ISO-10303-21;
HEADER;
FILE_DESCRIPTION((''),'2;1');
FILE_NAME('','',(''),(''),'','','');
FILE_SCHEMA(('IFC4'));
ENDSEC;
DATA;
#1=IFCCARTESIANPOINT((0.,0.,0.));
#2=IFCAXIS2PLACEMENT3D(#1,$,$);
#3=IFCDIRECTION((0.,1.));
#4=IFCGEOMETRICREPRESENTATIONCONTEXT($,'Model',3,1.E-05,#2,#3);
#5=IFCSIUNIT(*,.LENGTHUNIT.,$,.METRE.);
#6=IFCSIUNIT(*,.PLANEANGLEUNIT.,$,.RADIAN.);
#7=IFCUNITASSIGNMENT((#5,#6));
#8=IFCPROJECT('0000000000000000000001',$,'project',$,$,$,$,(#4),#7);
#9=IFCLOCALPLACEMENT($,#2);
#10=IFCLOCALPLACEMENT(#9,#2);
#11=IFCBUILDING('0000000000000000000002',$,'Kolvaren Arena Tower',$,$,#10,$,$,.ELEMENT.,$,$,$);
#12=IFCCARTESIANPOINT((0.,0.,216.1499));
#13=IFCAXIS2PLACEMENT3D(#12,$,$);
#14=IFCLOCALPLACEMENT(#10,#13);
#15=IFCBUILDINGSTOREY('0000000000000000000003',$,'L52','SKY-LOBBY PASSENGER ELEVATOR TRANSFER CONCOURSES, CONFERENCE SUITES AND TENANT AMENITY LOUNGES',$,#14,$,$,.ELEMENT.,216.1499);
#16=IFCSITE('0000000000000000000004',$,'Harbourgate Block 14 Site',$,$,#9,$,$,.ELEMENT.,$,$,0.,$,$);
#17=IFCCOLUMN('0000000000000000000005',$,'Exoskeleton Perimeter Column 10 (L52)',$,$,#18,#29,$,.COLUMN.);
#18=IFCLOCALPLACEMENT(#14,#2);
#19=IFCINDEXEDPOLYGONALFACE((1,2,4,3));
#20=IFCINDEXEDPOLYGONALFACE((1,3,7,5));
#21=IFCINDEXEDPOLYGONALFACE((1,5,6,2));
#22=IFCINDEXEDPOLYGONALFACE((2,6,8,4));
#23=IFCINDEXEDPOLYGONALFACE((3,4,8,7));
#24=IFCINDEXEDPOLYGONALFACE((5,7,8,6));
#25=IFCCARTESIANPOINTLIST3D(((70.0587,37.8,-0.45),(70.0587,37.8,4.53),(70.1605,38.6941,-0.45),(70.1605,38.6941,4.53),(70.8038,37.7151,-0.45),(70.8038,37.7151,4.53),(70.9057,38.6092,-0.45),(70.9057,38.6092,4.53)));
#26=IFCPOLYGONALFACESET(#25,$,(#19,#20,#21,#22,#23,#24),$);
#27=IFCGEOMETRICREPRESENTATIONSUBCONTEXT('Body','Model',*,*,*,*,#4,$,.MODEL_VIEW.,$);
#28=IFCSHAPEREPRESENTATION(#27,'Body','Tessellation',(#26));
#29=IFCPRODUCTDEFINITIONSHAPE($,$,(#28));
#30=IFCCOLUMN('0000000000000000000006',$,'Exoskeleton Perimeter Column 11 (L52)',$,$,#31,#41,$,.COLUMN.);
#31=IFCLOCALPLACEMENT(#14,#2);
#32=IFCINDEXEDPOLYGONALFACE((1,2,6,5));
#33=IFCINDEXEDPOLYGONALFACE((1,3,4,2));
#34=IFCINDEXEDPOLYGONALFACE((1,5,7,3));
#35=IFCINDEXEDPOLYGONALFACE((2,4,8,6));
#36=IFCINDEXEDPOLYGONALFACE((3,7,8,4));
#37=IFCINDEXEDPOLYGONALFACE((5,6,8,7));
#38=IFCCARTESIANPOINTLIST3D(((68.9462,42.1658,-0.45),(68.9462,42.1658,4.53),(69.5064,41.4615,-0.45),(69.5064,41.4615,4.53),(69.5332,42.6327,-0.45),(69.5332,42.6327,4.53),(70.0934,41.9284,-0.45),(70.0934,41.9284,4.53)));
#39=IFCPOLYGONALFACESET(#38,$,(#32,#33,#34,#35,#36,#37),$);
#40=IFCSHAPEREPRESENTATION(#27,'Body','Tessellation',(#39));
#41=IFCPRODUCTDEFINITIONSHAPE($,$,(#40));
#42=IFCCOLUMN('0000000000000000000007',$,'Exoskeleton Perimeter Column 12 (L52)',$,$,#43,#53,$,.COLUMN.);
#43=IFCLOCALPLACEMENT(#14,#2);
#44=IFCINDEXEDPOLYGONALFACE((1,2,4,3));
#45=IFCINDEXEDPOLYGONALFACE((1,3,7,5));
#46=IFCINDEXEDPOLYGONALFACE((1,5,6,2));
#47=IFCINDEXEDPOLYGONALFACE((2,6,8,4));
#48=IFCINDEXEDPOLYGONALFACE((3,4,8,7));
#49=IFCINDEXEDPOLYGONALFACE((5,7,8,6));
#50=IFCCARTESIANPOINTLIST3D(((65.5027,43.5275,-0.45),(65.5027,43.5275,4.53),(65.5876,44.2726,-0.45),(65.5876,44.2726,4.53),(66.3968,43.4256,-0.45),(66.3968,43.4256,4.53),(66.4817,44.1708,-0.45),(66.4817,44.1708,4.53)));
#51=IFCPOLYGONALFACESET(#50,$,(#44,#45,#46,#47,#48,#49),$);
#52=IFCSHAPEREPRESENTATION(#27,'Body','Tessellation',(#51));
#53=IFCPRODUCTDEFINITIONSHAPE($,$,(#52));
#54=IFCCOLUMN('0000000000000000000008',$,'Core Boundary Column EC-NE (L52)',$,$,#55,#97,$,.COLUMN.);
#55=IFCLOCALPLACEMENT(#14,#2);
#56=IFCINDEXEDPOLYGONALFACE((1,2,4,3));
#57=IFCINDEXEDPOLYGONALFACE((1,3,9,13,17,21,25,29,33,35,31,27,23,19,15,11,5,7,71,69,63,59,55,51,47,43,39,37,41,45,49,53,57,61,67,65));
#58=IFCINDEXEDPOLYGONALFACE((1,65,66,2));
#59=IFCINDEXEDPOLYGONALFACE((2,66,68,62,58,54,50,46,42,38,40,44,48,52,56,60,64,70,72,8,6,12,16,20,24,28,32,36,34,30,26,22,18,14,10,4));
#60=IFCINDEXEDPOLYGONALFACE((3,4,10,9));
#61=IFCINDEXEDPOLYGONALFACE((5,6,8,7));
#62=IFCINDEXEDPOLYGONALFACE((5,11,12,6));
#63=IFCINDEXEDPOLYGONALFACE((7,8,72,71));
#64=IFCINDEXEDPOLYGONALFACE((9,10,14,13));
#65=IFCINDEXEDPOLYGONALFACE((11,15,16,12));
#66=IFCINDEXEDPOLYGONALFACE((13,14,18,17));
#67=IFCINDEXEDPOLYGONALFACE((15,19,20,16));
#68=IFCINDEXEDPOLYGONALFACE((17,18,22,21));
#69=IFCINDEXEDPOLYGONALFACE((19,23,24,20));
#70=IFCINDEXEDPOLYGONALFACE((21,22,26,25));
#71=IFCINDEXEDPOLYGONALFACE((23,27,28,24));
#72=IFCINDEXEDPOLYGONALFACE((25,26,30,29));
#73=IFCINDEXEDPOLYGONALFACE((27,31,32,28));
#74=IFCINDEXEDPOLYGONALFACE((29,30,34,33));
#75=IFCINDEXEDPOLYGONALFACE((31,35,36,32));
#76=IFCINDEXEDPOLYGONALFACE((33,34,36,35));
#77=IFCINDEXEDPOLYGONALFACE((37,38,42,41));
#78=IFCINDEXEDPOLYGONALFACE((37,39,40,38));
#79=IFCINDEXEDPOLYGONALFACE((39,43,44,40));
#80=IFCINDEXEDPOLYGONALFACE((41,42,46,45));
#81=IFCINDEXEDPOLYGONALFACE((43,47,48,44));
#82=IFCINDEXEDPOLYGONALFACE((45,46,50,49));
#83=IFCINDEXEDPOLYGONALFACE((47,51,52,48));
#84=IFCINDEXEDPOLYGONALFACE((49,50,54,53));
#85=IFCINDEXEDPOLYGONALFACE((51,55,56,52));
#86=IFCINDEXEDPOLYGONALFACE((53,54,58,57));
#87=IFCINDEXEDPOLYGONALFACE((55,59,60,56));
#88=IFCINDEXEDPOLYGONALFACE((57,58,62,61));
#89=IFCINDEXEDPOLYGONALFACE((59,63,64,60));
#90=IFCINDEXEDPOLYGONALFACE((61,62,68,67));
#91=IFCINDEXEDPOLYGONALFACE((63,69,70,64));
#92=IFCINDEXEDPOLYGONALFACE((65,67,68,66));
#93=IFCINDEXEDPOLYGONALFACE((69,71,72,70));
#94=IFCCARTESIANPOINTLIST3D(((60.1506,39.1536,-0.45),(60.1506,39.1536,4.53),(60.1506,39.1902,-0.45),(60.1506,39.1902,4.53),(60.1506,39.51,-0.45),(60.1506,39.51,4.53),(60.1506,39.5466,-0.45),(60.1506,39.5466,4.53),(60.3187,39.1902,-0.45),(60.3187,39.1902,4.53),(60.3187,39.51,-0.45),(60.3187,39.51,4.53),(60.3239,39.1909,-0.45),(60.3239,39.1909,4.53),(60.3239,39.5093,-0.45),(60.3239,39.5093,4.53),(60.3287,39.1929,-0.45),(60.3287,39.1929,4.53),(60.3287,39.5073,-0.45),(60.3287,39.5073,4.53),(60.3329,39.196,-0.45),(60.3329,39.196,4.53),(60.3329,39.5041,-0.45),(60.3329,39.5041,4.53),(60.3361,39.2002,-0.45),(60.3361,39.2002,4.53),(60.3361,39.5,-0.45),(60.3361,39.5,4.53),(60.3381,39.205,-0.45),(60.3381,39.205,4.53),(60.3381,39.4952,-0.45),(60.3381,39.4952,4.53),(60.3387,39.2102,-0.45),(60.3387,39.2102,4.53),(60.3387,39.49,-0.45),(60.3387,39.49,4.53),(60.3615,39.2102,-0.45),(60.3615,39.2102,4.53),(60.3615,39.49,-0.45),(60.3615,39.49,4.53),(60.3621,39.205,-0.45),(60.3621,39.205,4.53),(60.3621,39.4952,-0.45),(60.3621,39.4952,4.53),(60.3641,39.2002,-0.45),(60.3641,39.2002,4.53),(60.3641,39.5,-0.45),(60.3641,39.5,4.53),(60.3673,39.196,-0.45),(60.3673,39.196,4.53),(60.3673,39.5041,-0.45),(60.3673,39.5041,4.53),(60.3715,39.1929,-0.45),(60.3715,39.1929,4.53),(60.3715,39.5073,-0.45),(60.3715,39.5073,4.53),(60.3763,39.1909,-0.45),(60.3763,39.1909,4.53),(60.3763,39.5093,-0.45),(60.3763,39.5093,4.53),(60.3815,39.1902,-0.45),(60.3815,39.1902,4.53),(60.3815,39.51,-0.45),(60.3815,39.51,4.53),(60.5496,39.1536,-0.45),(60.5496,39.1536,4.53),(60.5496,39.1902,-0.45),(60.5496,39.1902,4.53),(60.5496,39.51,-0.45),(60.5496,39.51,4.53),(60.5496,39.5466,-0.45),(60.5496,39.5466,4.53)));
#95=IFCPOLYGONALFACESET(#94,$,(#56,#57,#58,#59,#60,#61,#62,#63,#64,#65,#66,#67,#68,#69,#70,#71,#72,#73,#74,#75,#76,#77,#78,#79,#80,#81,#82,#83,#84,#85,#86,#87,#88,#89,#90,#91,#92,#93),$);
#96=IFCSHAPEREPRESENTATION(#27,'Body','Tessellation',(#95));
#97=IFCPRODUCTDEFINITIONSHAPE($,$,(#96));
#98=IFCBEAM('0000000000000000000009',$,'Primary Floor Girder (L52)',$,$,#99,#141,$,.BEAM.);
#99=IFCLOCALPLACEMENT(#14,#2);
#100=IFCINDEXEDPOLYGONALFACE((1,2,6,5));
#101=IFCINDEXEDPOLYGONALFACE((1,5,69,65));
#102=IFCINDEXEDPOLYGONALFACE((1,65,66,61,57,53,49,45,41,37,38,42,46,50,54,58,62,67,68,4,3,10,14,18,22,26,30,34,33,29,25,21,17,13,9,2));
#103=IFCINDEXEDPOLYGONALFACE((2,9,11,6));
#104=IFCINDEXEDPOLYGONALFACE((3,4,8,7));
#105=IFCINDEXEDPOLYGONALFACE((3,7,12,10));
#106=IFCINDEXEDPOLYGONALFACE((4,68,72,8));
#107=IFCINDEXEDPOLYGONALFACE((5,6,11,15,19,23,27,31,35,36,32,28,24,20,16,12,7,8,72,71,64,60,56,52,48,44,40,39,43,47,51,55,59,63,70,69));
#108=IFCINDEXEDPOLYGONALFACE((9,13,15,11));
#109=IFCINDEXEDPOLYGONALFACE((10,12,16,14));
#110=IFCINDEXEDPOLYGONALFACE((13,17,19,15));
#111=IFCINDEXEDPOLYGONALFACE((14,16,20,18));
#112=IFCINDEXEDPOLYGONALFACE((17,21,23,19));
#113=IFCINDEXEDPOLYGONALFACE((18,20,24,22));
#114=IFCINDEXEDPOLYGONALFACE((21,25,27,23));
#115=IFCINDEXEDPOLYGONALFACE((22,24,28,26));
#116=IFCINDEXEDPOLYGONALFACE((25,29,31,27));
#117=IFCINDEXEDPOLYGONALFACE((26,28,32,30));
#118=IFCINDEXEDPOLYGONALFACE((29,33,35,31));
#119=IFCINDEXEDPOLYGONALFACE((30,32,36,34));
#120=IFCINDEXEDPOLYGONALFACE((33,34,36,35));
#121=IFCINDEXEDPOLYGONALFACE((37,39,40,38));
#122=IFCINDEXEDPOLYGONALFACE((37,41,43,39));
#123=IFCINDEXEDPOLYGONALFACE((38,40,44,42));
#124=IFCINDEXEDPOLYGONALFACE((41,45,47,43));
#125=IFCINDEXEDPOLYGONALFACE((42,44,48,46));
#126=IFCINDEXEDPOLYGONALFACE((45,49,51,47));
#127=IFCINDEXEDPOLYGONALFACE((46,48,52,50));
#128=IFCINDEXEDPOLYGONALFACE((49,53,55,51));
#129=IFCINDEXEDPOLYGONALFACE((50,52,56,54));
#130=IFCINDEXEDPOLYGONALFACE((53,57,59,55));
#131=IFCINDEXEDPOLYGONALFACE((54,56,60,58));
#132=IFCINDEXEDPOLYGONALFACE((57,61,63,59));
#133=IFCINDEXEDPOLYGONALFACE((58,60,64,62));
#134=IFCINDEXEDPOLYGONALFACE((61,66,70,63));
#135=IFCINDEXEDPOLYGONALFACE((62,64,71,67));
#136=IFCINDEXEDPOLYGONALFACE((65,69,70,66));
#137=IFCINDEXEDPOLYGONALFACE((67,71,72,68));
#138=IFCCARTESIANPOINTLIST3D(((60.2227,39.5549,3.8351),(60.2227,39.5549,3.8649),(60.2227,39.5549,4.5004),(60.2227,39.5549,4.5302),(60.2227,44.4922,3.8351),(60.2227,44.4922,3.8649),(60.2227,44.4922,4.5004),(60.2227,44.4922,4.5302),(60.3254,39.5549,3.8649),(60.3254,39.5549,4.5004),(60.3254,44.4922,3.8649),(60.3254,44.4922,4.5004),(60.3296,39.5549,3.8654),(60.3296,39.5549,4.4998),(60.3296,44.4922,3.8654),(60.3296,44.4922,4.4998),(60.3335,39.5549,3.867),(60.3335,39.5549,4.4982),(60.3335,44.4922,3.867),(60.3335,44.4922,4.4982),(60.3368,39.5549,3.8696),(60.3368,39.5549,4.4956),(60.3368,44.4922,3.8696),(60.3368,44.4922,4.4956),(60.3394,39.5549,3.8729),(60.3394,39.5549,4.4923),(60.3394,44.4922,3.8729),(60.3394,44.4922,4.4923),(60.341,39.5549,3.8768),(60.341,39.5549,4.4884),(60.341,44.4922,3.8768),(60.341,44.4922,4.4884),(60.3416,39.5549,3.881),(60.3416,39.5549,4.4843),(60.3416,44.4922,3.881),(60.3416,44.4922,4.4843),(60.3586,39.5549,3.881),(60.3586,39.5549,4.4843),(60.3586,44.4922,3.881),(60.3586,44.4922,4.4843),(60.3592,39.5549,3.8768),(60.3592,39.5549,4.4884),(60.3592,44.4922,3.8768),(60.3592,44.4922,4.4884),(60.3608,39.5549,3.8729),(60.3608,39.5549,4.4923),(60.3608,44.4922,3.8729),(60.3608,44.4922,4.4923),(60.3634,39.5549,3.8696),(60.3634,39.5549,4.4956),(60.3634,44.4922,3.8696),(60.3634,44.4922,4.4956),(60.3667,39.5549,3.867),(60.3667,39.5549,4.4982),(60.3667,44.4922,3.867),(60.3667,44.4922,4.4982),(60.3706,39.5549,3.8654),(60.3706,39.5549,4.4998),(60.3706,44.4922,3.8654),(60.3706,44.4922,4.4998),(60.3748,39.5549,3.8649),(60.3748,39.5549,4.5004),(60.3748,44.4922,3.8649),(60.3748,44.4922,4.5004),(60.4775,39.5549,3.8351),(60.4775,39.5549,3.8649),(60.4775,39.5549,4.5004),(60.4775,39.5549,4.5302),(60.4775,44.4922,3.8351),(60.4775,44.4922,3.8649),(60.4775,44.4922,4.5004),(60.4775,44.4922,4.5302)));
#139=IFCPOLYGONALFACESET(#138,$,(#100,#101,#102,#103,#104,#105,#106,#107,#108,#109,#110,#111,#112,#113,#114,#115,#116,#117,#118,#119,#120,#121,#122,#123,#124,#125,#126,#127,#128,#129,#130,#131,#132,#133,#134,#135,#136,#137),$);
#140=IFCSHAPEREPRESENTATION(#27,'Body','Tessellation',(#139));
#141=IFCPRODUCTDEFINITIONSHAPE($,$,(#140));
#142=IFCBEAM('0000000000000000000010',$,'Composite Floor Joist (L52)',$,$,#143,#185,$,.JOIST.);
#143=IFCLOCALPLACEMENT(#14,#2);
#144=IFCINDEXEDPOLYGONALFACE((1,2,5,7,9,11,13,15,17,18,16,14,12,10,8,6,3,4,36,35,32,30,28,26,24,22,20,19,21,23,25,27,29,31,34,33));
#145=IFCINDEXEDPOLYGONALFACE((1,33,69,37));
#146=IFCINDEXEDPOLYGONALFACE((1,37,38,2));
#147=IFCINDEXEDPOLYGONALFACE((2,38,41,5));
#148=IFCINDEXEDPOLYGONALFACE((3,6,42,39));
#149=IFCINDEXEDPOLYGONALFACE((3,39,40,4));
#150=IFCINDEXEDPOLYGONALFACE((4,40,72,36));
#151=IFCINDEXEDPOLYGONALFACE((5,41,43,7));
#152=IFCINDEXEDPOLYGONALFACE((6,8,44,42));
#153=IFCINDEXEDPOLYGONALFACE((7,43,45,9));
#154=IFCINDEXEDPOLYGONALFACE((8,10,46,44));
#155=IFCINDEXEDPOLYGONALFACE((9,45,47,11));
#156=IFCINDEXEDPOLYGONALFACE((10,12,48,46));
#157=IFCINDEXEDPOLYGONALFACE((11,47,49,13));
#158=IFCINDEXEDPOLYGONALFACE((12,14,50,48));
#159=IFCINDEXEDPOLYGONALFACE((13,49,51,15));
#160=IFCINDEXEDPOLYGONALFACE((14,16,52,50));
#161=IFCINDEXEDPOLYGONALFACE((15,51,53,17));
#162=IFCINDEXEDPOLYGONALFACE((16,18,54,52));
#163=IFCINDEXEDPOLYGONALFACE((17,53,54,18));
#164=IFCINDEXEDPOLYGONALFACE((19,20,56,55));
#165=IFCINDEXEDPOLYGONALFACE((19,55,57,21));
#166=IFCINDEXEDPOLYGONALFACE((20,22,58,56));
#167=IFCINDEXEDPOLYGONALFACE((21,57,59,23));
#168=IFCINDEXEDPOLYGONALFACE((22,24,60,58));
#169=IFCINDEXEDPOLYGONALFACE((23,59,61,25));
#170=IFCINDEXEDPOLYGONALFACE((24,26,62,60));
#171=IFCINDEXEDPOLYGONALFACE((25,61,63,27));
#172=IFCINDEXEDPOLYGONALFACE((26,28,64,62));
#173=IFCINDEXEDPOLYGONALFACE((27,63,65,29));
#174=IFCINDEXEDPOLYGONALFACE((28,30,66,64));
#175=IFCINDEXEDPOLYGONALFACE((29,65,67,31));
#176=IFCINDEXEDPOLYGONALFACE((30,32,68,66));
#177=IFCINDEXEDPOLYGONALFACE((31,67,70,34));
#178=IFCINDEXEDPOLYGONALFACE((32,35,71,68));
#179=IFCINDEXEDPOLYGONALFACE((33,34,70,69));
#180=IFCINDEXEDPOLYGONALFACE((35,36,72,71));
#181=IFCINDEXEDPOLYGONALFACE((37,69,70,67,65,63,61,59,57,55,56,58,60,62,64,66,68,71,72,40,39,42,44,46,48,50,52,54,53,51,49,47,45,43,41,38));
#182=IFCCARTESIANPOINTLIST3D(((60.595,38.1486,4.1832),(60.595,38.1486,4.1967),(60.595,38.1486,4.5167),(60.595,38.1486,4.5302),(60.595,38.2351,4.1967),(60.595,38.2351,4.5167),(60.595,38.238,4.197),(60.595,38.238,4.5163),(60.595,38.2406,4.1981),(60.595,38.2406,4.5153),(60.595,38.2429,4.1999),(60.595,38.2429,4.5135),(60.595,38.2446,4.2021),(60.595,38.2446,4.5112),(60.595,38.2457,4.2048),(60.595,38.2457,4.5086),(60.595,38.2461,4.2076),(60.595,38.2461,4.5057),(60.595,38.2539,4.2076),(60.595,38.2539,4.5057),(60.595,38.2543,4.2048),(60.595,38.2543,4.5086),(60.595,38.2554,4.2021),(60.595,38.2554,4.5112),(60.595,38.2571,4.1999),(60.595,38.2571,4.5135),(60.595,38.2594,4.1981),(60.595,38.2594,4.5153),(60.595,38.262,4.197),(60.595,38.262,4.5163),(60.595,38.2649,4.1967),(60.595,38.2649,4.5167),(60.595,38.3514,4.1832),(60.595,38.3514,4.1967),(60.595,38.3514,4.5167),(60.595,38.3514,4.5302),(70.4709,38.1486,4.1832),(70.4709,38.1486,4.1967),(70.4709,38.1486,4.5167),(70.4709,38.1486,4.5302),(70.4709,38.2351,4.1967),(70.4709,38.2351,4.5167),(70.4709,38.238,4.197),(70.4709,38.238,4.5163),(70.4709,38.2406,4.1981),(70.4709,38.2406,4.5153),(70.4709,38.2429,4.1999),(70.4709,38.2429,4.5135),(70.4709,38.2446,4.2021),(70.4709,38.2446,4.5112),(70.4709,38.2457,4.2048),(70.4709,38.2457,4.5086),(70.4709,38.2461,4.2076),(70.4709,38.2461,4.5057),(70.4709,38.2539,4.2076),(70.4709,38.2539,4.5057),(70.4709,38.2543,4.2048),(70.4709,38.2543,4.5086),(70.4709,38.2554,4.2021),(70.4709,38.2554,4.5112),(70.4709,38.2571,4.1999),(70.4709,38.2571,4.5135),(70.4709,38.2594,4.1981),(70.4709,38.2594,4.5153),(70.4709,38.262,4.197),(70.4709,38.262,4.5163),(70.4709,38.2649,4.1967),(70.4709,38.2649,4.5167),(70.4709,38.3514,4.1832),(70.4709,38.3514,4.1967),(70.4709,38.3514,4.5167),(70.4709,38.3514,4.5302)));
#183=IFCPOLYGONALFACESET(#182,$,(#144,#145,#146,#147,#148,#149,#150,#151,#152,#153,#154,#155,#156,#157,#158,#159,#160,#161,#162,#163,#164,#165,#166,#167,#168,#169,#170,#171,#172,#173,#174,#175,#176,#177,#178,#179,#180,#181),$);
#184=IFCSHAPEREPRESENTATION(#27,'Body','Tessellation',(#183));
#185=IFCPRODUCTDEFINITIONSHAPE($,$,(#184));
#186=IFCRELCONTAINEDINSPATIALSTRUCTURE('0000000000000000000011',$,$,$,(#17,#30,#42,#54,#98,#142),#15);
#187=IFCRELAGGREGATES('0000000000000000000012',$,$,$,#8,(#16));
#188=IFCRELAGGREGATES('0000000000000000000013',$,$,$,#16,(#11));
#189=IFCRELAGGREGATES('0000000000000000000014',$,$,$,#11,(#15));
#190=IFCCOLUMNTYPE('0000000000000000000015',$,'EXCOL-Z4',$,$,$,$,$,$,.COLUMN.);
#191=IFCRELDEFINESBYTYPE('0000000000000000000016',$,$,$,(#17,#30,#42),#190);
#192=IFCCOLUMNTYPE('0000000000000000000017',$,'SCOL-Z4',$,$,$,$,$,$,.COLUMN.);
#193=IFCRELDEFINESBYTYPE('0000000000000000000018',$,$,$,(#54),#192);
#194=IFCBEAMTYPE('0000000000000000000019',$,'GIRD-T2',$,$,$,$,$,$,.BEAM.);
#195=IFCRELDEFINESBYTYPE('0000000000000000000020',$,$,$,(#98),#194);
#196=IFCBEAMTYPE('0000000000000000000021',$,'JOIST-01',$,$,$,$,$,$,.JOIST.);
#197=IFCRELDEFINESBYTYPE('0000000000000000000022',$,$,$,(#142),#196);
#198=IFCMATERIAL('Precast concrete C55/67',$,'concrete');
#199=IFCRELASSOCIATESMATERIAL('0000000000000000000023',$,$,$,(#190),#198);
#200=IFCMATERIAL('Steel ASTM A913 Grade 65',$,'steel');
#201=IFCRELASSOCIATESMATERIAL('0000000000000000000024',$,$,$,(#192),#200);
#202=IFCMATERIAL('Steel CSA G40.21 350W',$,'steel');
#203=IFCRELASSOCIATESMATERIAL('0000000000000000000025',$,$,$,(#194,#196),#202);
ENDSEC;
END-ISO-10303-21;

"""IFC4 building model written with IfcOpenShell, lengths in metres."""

from ifc_helpers import new_model, si_unit, direction, frame, origin, origin_2d, place, context, subcontext, project, spatial, rectangle, i_section, extrude, material, material_profile, profile_set, type_object, element, save


model = new_model("IFC4")

# Units and contexts
model_context = context("Model", 3, precision=1e-05, world=origin(), true_north=direction((0.0, 1.0)))
body_context = subcontext(model_context, "Body", "Model", "MODEL_VIEW")
ifc_project = project(units=[si_unit("LENGTHUNIT", "METRE"), si_unit("PLANEANGLEUNIT", "RADIAN")], contexts=[model_context])

# Site, building, storey
site_placement = place(None, origin())
site = spatial("IfcSite", under=ifc_project, at=site_placement, Name="Harbourgate Block 14 Site", CompositionType="ELEMENT", RefElevation=0.0)
building_placement = place(site_placement, origin())
building = spatial("IfcBuilding", under=site, at=building_placement, Name="Kolvaren Arena Tower", CompositionType="ELEMENT")
storey_placement = place(building_placement, frame((0.0, 0.0, 216.1499)))
storey = spatial("IfcBuildingStorey", under=building, at=storey_placement, Name="L52", Description="SKY-LOBBY PASSENGER ELEVATOR TRANSFER CONCOURSES, CONFERENCE SUITES AND TENANT AMENITY LOUNGES", CompositionType="ELEMENT", Elevation=216.1499)

# Columns
ifc_material_1 = material(Name="Precast concrete C55/67", Category="concrete")
ifc_material_profile_1 = material_profile(ifc_material_1, rectangle(XDim=0.8999, YDim=0.75, at=origin_2d()), Name="RC-900x750")
ifc_profile_set_1 = profile_set([ifc_material_profile_1], Name="Precast concrete C55/67")
column_type_1 = type_object("IfcColumnType", Name="EXCOL-Z4", PredefinedType="COLUMN", material=ifc_profile_set_1)
for number, where, z_axis, x_axis, name in (
    (1, (70.4822, 38.2046, -0.45), (0.0, 0.0, 1.0), (0.113203, 0.993572, 0.0), "Exoskeleton Perimeter Column 10 (L52)"),
    (2, (69.5198, 42.0471, -0.45), (0.0, 0.0, 1.0), (-0.622515, 0.782608, 0.0), "Exoskeleton Perimeter Column 11 (L52)"),
    (3, (65.9922, 43.8491, -0.45), (0.0, 0.0, 1.0), (0.993572, -0.113203, 0.0), "Exoskeleton Perimeter Column 12 (L52)"),
):
    element("IfcColumn", number, at=place(storey_placement, frame(where, z_axis=z_axis, x_axis=x_axis)), inside=storey, type_object=column_type_1, Name=name, PredefinedType="COLUMN", context=body_context, shape_type="SweptSolid", body=[
        extrude(rectangle(XDim=0.8999, YDim=0.75, at=origin_2d()), origin(), (0.0, 0.0, 1.0), 4.98),
    ])
ifc_material_2 = material(Name="Steel ASTM A913 Grade 65", Category="steel")
ifc_material_profile_2 = material_profile(ifc_material_2, i_section(OverallWidth=0.3989, OverallDepth=0.3931, WebThickness=0.0227, FlangeThickness=0.0366, FilletRadius=0.02, at=origin_2d()), Name="W360x287")
ifc_profile_set_2 = profile_set([ifc_material_profile_2], Name="Steel ASTM A913 Grade 65")
column_type_2 = type_object("IfcColumnType", Name="SCOL-Z4", PredefinedType="COLUMN", material=ifc_profile_set_2)
column_placement = place(storey_placement, frame((60.3501, 39.3501, -0.45), z_axis=(0.0, 0.0, 1.0), x_axis=(1.0, 0.0, 0.0)))
element("IfcColumn", 4, at=column_placement, inside=storey, type_object=column_type_2, Name="Core Boundary Column EC-NE (L52)", PredefinedType="COLUMN", context=body_context, shape_type="SweptSolid", body=[
    extrude(i_section(OverallWidth=0.3989, OverallDepth=0.3931, WebThickness=0.0227, FlangeThickness=0.0366, FilletRadius=0.02, at=origin_2d()), origin(), (0.0, 0.0, 1.0), 4.98),
])

# Beams
ifc_material_3 = material(Name="Steel CSA G40.21 350W", Category="steel")
ifc_material_profile_3 = material_profile(ifc_material_3, i_section(OverallWidth=0.2549, OverallDepth=0.6951, WebThickness=0.0171, FlangeThickness=0.0298, FilletRadius=0.0161, at=origin_2d()), Name="W690x217")
ifc_profile_set_3 = profile_set([ifc_material_profile_3], Name="Steel CSA G40.21 350W")
beam_type_1 = type_object("IfcBeamType", Name="GIRD-T2", PredefinedType="BEAM", material=ifc_profile_set_3)
beam_1_placement = place(storey_placement, frame((60.3501, 39.5549, 4.1826), z_axis=(0.0, 1.0, 0.0), x_axis=(-1.0, 0.0, 0.0)))
element("IfcBeam", 5, at=beam_1_placement, inside=storey, type_object=beam_type_1, Name="Primary Floor Girder (L52)", PredefinedType="BEAM", context=body_context, shape_type="SweptSolid", body=[
    extrude(i_section(OverallWidth=0.2549, OverallDepth=0.6951, WebThickness=0.0171, FlangeThickness=0.0298, FilletRadius=0.0161, at=origin_2d()), origin(), (0.0, 0.0, 1.0), 4.9373),
])
ifc_material_profile_4 = material_profile(ifc_material_3, i_section(OverallWidth=0.2029, OverallDepth=0.3469, WebThickness=0.0078, FlangeThickness=0.0134, FilletRadius=0.011, at=origin_2d()), Name="W360x64")
ifc_profile_set_4 = profile_set([ifc_material_profile_4], Name="Steel CSA G40.21 350W")
beam_type_2 = type_object("IfcBeamType", Name="JOIST-01", PredefinedType="JOIST", material=ifc_profile_set_4)
beam_2_placement = place(storey_placement, frame((60.595, 38.25, 4.3567), z_axis=(1.0, 0.0, 0.0), x_axis=(0.0, 1.0, 0.0)))
element("IfcBeam", 6, at=beam_2_placement, inside=storey, type_object=beam_type_2, Name="Composite Floor Joist (L52)", PredefinedType="JOIST", context=body_context, shape_type="SweptSolid", body=[
    extrude(i_section(OverallWidth=0.2029, OverallDepth=0.3469, WebThickness=0.0078, FlangeThickness=0.0134, FilletRadius=0.011, at=origin_2d()), origin(), (0.0, 0.0, 1.0), 9.876),
])

save(model, "model.ifc")
